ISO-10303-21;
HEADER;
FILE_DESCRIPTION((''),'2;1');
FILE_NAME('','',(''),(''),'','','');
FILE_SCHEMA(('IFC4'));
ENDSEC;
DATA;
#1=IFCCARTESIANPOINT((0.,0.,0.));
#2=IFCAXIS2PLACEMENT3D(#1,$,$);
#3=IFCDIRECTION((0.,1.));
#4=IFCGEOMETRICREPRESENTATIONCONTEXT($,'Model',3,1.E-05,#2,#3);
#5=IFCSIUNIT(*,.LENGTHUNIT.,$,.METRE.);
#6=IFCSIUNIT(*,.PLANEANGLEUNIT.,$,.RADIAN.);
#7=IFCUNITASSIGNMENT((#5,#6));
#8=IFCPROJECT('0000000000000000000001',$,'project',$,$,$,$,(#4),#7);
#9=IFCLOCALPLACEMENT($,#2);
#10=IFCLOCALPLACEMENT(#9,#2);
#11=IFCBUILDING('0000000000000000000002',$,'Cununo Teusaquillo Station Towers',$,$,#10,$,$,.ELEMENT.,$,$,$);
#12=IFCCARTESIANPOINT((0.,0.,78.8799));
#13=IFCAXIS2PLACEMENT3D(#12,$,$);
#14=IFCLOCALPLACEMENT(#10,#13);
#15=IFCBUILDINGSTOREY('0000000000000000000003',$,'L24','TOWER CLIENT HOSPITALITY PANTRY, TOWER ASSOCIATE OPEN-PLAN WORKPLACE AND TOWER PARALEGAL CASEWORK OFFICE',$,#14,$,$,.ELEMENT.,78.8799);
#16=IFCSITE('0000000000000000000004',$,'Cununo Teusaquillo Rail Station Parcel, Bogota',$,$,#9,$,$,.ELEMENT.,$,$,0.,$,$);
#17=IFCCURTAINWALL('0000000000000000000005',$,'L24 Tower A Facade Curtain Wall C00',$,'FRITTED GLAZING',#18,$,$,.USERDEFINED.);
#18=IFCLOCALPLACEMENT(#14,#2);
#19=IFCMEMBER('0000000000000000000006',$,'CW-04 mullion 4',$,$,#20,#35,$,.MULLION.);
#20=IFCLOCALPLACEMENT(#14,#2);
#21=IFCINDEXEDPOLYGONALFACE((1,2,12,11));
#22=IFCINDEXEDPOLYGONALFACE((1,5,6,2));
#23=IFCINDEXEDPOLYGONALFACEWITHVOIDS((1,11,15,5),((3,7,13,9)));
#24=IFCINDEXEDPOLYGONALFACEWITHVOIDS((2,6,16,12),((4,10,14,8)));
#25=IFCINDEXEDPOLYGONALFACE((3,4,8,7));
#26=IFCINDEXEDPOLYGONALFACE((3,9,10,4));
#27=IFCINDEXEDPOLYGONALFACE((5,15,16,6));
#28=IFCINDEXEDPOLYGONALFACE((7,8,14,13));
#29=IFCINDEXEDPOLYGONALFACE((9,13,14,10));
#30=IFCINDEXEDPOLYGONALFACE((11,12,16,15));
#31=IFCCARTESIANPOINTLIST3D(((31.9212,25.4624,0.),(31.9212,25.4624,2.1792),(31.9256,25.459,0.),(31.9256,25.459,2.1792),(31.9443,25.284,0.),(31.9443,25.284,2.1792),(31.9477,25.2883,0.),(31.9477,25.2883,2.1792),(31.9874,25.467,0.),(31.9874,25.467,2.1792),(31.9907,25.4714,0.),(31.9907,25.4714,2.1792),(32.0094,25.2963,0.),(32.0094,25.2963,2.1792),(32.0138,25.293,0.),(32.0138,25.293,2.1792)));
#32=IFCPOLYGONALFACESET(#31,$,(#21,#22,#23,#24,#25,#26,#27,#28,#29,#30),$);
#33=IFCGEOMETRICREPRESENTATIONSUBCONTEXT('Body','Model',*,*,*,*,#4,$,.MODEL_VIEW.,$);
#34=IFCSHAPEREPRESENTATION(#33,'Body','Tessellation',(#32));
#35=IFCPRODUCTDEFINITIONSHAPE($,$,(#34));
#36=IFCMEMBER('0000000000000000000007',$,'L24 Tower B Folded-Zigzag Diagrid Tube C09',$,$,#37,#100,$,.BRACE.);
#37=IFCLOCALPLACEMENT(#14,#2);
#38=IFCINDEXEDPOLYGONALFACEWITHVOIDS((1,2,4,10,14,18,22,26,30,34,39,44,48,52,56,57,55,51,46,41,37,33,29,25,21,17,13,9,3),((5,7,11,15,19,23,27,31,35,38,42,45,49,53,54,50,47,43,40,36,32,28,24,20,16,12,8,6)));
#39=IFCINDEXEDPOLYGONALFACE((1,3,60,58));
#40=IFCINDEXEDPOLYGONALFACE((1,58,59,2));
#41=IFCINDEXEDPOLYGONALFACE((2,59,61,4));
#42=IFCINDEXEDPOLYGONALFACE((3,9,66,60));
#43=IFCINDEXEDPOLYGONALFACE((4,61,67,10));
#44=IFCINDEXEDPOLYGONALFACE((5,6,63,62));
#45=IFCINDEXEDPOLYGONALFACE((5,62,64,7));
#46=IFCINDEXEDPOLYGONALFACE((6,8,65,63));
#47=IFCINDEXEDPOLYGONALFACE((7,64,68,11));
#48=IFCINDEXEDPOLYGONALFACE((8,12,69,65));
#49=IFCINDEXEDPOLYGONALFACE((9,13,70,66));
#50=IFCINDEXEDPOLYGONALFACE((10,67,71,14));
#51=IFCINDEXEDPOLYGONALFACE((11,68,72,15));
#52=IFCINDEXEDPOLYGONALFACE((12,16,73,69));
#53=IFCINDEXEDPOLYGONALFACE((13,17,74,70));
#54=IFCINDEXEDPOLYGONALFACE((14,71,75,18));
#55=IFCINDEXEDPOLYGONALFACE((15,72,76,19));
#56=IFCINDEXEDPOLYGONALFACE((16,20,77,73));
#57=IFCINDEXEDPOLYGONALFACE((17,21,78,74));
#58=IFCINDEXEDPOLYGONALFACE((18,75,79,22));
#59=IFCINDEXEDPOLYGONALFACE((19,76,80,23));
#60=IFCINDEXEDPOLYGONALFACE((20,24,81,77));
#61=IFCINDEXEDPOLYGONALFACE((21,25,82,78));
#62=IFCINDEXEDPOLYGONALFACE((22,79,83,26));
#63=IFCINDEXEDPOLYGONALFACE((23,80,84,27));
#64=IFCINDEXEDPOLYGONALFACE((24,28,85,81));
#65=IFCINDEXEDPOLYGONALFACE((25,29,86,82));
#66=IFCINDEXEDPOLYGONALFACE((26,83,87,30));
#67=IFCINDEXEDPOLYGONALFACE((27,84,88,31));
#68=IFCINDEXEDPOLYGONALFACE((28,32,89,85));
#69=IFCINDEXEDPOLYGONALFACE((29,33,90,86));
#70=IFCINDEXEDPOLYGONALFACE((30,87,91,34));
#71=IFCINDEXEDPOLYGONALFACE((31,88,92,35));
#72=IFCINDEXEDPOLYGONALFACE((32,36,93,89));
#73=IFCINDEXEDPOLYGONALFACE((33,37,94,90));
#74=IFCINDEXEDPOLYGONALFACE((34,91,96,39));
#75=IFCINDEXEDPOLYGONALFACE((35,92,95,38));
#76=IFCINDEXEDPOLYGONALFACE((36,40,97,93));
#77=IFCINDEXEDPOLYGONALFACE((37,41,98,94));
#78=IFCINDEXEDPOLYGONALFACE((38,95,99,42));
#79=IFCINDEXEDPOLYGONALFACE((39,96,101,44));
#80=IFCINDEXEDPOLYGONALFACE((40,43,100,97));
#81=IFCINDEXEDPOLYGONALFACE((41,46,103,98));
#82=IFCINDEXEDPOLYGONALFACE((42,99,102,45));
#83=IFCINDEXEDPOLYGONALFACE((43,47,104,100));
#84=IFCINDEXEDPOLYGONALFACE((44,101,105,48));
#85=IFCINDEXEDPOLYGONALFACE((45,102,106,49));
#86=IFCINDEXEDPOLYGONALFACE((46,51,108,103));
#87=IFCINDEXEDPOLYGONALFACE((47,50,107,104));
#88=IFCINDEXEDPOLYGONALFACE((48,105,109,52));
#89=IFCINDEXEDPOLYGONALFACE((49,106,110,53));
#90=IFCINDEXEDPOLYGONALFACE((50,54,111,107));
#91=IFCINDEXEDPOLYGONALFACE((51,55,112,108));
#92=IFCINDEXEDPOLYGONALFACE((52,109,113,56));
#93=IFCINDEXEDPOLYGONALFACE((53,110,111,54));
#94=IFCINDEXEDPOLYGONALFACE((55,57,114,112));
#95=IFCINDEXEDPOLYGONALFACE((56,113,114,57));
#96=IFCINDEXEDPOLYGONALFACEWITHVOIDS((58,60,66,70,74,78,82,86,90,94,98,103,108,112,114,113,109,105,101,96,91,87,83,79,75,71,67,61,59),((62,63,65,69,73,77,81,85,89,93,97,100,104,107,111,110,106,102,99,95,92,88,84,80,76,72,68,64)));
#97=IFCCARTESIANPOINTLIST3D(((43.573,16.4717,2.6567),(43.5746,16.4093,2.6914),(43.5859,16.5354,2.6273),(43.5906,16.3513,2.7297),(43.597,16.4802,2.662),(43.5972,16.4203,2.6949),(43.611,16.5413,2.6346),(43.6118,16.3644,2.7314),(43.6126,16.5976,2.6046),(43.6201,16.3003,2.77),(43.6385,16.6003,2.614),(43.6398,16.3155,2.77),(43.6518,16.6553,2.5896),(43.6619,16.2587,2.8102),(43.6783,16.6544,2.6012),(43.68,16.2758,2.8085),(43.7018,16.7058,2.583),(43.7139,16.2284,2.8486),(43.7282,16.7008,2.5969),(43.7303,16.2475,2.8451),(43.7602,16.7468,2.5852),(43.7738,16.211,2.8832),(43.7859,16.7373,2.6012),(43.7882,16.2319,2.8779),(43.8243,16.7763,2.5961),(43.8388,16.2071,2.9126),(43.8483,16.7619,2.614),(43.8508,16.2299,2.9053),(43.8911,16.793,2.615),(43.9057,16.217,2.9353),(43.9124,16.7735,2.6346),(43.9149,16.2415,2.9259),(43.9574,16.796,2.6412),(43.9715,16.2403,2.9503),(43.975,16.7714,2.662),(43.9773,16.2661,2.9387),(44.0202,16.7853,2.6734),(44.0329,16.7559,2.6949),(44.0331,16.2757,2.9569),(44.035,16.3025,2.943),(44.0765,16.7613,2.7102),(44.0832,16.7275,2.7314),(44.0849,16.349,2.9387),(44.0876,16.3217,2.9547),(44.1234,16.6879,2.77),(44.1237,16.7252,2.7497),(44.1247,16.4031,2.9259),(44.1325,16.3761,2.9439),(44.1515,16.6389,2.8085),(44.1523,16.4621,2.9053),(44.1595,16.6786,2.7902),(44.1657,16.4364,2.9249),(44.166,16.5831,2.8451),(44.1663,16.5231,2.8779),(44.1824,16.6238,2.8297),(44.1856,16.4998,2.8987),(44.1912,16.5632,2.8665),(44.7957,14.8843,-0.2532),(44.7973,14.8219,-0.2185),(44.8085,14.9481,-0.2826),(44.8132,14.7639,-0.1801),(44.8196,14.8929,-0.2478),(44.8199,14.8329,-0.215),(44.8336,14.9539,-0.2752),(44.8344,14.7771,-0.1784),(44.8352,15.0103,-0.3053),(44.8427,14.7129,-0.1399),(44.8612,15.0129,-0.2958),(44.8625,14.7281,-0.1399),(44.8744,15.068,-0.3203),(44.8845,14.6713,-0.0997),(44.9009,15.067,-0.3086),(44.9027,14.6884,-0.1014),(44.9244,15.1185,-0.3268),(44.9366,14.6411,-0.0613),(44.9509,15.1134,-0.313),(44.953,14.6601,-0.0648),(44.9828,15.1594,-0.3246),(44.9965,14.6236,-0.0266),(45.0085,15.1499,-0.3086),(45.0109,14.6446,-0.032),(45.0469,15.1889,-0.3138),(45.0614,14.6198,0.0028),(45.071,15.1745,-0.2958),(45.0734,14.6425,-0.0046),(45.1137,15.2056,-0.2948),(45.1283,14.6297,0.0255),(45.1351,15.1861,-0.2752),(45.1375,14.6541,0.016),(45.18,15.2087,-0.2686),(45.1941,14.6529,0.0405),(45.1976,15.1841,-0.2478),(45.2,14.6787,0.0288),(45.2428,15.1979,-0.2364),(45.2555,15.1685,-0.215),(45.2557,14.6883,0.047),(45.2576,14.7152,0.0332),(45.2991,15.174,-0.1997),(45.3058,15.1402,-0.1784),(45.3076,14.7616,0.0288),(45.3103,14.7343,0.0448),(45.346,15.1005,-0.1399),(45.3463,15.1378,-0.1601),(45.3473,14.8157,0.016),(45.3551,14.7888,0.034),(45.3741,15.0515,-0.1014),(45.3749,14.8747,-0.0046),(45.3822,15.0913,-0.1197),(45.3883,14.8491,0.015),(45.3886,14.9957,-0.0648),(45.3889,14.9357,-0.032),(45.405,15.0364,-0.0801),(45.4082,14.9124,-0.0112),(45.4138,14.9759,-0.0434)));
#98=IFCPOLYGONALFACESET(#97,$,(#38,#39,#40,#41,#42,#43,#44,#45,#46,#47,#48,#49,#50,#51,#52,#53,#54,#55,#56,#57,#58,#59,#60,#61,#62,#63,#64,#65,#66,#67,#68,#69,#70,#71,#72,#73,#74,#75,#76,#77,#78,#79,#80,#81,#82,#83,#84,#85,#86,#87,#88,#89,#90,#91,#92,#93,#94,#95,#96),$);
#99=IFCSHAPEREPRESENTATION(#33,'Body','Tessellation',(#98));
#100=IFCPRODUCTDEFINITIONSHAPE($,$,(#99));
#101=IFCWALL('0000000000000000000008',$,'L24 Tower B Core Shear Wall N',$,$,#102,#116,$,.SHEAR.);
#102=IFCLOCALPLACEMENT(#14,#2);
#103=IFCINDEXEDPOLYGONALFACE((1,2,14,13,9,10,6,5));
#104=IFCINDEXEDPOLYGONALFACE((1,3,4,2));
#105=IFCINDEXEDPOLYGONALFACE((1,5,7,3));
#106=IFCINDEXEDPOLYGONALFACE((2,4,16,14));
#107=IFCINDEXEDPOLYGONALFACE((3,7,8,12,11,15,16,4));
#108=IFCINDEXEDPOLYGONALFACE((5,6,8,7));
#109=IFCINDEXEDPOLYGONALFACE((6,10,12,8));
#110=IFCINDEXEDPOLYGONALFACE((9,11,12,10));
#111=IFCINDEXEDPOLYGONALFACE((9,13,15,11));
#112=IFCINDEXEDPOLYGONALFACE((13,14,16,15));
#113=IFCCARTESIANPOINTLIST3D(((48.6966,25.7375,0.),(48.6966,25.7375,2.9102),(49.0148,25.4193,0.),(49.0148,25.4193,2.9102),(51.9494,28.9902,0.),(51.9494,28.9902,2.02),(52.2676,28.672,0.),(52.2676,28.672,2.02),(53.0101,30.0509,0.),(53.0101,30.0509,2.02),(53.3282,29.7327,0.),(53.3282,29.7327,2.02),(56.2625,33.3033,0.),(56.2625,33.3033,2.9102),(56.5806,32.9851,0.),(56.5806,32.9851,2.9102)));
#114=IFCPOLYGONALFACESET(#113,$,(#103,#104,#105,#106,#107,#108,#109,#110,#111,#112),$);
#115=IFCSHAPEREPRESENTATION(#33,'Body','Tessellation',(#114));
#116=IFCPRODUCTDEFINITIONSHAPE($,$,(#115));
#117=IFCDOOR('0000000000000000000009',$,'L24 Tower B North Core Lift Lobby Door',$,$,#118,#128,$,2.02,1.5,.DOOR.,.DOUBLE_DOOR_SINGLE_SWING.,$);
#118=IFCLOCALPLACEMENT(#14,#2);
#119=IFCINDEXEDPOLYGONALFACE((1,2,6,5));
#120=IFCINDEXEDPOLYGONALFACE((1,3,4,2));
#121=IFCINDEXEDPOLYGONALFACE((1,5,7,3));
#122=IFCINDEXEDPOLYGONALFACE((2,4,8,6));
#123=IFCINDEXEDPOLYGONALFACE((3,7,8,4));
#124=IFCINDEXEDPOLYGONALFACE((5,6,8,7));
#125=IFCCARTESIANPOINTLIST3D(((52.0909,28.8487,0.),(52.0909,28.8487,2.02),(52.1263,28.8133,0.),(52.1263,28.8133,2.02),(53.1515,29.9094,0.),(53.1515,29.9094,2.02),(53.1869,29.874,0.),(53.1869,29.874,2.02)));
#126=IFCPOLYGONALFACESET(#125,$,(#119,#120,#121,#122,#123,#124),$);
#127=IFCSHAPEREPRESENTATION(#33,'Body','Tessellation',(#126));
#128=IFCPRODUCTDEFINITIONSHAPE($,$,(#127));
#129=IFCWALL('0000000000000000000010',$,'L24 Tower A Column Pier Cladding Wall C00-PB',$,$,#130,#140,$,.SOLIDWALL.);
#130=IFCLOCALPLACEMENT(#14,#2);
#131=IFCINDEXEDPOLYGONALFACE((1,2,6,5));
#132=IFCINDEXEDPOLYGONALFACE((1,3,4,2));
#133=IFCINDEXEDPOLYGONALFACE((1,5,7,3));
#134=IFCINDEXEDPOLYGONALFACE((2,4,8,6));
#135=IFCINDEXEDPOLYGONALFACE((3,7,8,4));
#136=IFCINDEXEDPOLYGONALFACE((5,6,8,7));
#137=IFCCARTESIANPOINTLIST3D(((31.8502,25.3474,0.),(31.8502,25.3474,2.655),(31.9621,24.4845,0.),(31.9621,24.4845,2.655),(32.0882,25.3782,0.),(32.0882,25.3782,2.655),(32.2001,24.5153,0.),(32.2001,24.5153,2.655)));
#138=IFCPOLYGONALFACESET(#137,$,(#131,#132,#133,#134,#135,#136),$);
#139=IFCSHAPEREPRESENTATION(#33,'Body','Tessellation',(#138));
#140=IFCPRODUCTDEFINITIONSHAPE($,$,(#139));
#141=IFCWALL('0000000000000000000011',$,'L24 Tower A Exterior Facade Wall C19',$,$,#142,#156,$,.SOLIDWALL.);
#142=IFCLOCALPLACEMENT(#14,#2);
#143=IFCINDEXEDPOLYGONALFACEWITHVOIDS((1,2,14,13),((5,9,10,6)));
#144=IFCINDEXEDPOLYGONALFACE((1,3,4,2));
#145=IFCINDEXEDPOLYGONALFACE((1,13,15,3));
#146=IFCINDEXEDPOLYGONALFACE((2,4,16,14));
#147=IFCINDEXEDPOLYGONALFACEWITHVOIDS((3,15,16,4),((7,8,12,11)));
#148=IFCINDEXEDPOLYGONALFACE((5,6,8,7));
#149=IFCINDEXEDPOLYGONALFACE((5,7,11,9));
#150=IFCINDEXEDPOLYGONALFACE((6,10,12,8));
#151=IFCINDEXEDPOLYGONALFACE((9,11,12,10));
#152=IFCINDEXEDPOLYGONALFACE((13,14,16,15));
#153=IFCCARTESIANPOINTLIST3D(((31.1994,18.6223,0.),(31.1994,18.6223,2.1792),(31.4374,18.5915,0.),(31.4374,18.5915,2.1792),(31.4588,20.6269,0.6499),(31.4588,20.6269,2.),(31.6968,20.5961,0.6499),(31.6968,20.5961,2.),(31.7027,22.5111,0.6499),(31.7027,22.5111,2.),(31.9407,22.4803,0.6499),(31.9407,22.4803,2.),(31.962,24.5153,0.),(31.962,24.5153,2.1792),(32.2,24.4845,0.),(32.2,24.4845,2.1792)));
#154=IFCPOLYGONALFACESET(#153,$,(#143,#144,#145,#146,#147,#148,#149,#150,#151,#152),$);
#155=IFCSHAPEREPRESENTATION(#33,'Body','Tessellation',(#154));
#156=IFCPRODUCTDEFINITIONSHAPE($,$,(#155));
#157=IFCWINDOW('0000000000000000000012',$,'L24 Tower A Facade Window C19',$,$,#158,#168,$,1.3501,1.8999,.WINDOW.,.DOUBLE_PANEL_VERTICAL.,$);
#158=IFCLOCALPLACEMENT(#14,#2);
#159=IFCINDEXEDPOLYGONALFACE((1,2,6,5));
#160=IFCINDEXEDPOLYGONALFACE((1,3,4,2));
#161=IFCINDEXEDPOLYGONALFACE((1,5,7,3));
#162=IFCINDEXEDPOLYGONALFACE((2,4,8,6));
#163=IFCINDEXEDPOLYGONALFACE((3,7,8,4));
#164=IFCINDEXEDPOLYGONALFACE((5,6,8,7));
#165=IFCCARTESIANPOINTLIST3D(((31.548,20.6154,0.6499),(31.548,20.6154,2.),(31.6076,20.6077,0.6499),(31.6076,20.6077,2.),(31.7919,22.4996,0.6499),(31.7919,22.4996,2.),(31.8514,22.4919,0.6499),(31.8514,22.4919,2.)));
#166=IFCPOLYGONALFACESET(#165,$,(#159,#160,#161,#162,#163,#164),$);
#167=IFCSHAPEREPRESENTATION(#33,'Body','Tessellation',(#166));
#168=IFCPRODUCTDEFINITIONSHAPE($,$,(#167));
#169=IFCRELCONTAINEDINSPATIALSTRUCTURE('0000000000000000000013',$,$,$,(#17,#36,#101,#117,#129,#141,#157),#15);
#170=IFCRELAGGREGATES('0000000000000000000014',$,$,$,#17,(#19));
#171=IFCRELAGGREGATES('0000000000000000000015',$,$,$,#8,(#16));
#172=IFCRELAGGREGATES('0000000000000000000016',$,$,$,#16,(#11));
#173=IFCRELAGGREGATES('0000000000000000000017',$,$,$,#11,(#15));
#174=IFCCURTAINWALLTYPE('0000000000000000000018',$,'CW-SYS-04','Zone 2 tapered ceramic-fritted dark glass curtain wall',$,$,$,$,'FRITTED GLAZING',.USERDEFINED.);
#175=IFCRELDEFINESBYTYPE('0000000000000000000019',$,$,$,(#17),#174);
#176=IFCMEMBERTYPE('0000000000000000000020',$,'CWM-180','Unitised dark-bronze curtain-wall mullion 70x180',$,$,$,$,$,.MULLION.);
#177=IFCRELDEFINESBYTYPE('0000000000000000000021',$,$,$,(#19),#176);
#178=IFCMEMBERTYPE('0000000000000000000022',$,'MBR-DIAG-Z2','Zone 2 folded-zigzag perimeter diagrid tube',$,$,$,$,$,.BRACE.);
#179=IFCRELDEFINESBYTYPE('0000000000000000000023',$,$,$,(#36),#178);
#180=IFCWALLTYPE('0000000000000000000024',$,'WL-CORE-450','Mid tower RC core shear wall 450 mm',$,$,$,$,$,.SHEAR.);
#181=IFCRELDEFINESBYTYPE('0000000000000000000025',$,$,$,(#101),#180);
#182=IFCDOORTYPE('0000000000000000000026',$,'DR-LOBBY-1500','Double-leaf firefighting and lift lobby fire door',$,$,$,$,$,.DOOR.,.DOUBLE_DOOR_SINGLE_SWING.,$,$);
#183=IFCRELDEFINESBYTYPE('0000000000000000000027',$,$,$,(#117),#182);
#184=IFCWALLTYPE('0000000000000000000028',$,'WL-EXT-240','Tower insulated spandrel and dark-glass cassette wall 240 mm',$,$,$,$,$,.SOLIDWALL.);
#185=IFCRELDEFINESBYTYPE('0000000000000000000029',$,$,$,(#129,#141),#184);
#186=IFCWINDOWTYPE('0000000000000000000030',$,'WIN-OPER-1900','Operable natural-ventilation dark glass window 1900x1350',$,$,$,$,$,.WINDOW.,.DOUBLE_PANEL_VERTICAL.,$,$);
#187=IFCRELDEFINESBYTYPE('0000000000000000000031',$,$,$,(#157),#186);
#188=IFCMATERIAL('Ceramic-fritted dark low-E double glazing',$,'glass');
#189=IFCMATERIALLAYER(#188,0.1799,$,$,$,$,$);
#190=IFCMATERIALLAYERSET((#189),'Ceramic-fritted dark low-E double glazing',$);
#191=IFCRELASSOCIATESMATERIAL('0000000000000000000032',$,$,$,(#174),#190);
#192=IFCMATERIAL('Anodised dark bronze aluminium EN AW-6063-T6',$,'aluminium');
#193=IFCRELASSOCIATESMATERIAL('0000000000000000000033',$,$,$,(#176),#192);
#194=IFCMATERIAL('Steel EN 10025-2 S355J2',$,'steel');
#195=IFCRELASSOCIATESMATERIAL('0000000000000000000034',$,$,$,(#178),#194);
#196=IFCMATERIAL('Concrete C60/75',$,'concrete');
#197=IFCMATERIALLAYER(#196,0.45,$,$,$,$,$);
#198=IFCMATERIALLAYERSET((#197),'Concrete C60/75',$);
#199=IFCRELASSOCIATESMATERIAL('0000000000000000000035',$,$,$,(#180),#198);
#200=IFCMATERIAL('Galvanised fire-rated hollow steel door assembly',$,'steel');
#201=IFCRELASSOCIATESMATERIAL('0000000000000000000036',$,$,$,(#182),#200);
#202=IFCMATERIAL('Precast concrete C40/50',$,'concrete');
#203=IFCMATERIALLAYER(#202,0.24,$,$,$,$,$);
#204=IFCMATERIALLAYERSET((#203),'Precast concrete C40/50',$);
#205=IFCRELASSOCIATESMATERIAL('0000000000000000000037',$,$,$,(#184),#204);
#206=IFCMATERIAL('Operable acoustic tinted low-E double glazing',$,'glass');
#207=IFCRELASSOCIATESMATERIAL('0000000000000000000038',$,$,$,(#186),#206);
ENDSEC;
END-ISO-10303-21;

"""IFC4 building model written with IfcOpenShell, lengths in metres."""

from ifc_helpers import new_model, si_unit, direction, frame, frame_2d, origin, origin_2d, place, context, subcontext, project, spatial, rectangle, hollow_rectangle, hollow_circle, extrude, source, transform, mapped, material, layer, layer_set, material_profile, profile_set, type_object, element, fill, aggregate, save


model = new_model("IFC4")

# Units and contexts
model_context = context("Model", 3, precision=1e-05, world=origin(), true_north=direction((0.0, 1.0)))
body_context = subcontext(model_context, "Body", "Model", "MODEL_VIEW")
ifc_project = project(units=[si_unit("LENGTHUNIT", "METRE"), si_unit("PLANEANGLEUNIT", "RADIAN")], contexts=[model_context])

# Site, building, storey
site_placement = place(None, origin())
site = spatial("IfcSite", under=ifc_project, at=site_placement, Name="Cununo Teusaquillo Rail Station Parcel, Bogota", CompositionType="ELEMENT", RefElevation=0.0)
building_placement = place(site_placement, origin())
building = spatial("IfcBuilding", under=site, at=building_placement, Name="Cununo Teusaquillo Station Towers", CompositionType="ELEMENT")
storey_placement = place(building_placement, frame((0.0, 0.0, 78.8799)))
storey = spatial("IfcBuildingStorey", under=building, at=storey_placement, Name="L24", Description="TOWER CLIENT HOSPITALITY PANTRY, TOWER ASSOCIATE OPEN-PLAN WORKPLACE AND TOWER PARALEGAL CASEWORK OFFICE", CompositionType="ELEMENT", Elevation=78.8799)

# Curtain wall, member
ifc_material_1 = material(Name="Ceramic-fritted dark low-E double glazing", Category="glass")
ifc_layer_1 = layer(ifc_material_1, 0.1799)
ifc_layer_set_1 = layer_set([ifc_layer_1], Name="Ceramic-fritted dark low-E double glazing")
curtain_wall_type = type_object("IfcCurtainWallType", Name="CW-SYS-04", Description="Zone 2 tapered ceramic-fritted dark glass curtain wall", ElementType="FRITTED GLAZING", PredefinedType="USERDEFINED", material=ifc_layer_set_1)
curtain_wall_placement = place(storey_placement, origin())
curtain_wall = element("IfcCurtainWall", 1, at=curtain_wall_placement, inside=storey, type_object=curtain_wall_type, Name="L24 Tower A Facade Curtain Wall C00", ObjectType="FRITTED GLAZING", PredefinedType="USERDEFINED")
ifc_material_2 = material(Name="Anodised dark bronze aluminium EN AW-6063-T6", Category="aluminium")
ifc_material_profile_1 = material_profile(ifc_material_2, hollow_rectangle(XDim=0.0701, YDim=0.1799, WallThickness=0.0039, at=origin_2d()), Name="CW-MULL-70x180")
ifc_profile_set_1 = profile_set([ifc_material_profile_1], Name="Anodised dark bronze aluminium EN AW-6063-T6")
member_type_1 = type_object("IfcMemberType", Name="CWM-180", Description="Unitised dark-bronze curtain-wall mullion 70x180", PredefinedType="MULLION", material=ifc_profile_set_1)
member_1_placement = place(storey_placement, frame((31.9675, 25.3777, 0.0), z_axis=(0.0, 0.0, 1.0), x_axis=(0.991731, 0.128336, 0.0)))
member_1 = element("IfcMember", 2, at=member_1_placement, type_object=member_type_1, Name="CW-04 mullion 4", PredefinedType="MULLION", context=body_context, shape_type="SweptSolid", body=[
    extrude(hollow_rectangle(XDim=0.0701, YDim=0.1799, WallThickness=0.0039, at=origin_2d()), origin(), (0.0, 0.0, 1.0), 2.1792),
])
aggregate(curtain_wall, [member_1])

# Member
ifc_material_3 = material(Name="Steel EN 10025-2 S355J2", Category="steel")
ifc_material_profile_2 = material_profile(ifc_material_3, hollow_circle(Radius=0.3301, WallThickness=0.0249, at=origin_2d()), Name="CHS 660x25")
ifc_profile_set_2 = profile_set([ifc_material_profile_2], Name="Steel EN 10025-2 S355J2")
member_type_2 = type_object("IfcMemberType", Name="MBR-DIAG-Z2", Description="Zone 2 folded-zigzag perimeter diagrid tube", PredefinedType="BRACE", material=ifc_profile_set_2)
member_2_placement = place(storey_placement, frame((45.1042, 14.9143, -0.1399), z_axis=(-0.346064, 0.449303, 0.82363), x_axis=(-0.792243, -0.610205, 0.0)))
element("IfcMember", 3, at=member_2_placement, inside=storey, type_object=member_type_2, Name="L24 Tower B Folded-Zigzag Diagrid Tube C09", PredefinedType="BRACE", context=body_context, shape_type="SweptSolid", body=[
    extrude(hollow_circle(Radius=0.3301, WallThickness=0.0249, at=origin_2d()), origin(), (0.0, 0.0, 1.0), 3.533),
])

# Wall, opening, door
ifc_material_4 = material(Name="Concrete C60/75", Category="concrete")
ifc_layer_2 = layer(ifc_material_4, 0.45)
ifc_layer_set_2 = layer_set([ifc_layer_2], Name="Concrete C60/75")
wall_type_1 = type_object("IfcWallType", Name="WL-CORE-450", Description="Mid tower RC core shear wall 450 mm", PredefinedType="SHEAR", material=ifc_layer_set_2)
wall_1_placement = place(storey_placement, frame((48.8557, 25.5784, 0.0), z_axis=(0.0, 0.0, 1.0), x_axis=(0.707107, 0.707107, 0.0)))
wall_1 = element("IfcWall", 4, at=wall_1_placement, inside=storey, type_object=wall_type_1, Name="L24 Tower B Core Shear Wall N", PredefinedType="SHEAR", context=body_context, shape_type="SweptSolid", body=[
    extrude(rectangle(XDim=10.6997, YDim=0.45, at=frame_2d((5.3499, 0.0))), origin(), (0.0, 0.0, 1.0), 2.9102),
])
shared_shape_1 = source(origin(), body_context, "Body", "SweptSolid", [
    extrude(rectangle(XDim=1.5, YDim=2.02, at=frame_2d((0.75, 1.01))), frame((0.0, 0.2349, 0.0), z_axis=(0.0, -1.0, 0.0), x_axis=(1.0, 0.0, 0.0)), (0.0, 0.0, 1.0), 0.47),
])
opening_1_placement = place(wall_1_placement, frame((4.6001, 0.0, 0.0)))
opening_1 = element("IfcOpeningElement", 5, at=opening_1_placement, cuts=wall_1, PredefinedType="OPENING", context=body_context, shape_type="MappedRepresentation", body=[
    mapped(shared_shape_1, transform((0.0, 0.0, 0.0), x_axis=(1.0, 0.0, 0.0), y_axis=(0.0, 1.0, 0.0), z_axis=(0.0, 0.0, 1.0), scale=1.0)),
])
ifc_material_5 = material(Name="Galvanised fire-rated hollow steel door assembly", Category="steel")
door_type_1 = type_object("IfcDoorType", Name="DR-LOBBY-1500", Description="Double-leaf firefighting and lift lobby fire door", OperationType="DOUBLE_DOOR_SINGLE_SWING", PredefinedType="DOOR", material=ifc_material_5)
shared_shape_2 = source(origin(), body_context, "Body", "SweptSolid", [
    extrude(rectangle(XDim=1.5, YDim=2.02, at=frame_2d((0.75, 1.01))), frame((0.0, 0.0249, 0.0), z_axis=(0.0, -1.0, 0.0), x_axis=(1.0, 0.0, 0.0)), (0.0, 0.0, 1.0), 0.05),
])
door_1_placement = place(opening_1_placement, origin())
door_1 = element("IfcDoor", 6, at=door_1_placement, inside=storey, type_object=door_type_1, Name="L24 Tower B North Core Lift Lobby Door", OperationType="DOUBLE_DOOR_SINGLE_SWING", OverallHeight=2.02, OverallWidth=1.5, PredefinedType="DOOR", context=body_context, shape_type="MappedRepresentation", body=[
    mapped(shared_shape_2, transform((0.0, 0.0, 0.0), x_axis=(1.0, 0.0, 0.0), y_axis=(0.0, 1.0, 0.0), z_axis=(0.0, 0.0, 1.0), scale=1.0)),
])
fill(opening_1, door_1)

# Wall
ifc_material_6 = material(Name="Precast concrete C40/50", Category="concrete")
ifc_layer_3 = layer(ifc_material_6, 0.24)
ifc_layer_set_3 = layer_set([ifc_layer_3], Name="Precast concrete C40/50")
wall_type_2 = type_object("IfcWallType", Name="WL-EXT-240", Description="Tower insulated spandrel and dark-glass cassette wall 240 mm", PredefinedType="SOLIDWALL", material=ifc_layer_set_3)
wall_2_placement = place(storey_placement, frame((31.9692, 25.3628, 0.0), z_axis=(0.0, 0.0, 1.0), x_axis=(0.128523, -0.991706, 0.0)))
element("IfcWall", 7, at=wall_2_placement, inside=storey, type_object=wall_type_2, Name="L24 Tower A Column Pier Cladding Wall C00-PB", PredefinedType="SOLIDWALL", context=body_context, shape_type="SweptSolid", body=[
    extrude(rectangle(XDim=0.8701, YDim=0.24, at=frame_2d((0.4351, 0.0))), origin(), (0.0, 0.0, 1.0), 2.655),
])

# Wall, opening, window
wall_3_placement = place(storey_placement, frame((32.0811, 24.5, 0.0), z_axis=(0.0, 0.0, 1.0), x_axis=(-0.128352, -0.991729, 0.0)))
wall_3 = element("IfcWall", 8, at=wall_3_placement, inside=storey, type_object=wall_type_2, Name="L24 Tower A Exterior Facade Wall C19", PredefinedType="SOLIDWALL", context=body_context, shape_type="SweptSolid", body=[
    extrude(rectangle(XDim=5.9421, YDim=0.24, at=frame_2d((2.9712, 0.0))), origin(), (0.0, 0.0, 1.0), 2.1792),
])
shared_shape_3 = source(origin(), body_context, "Body", "SweptSolid", [
    extrude(rectangle(XDim=1.8999, YDim=1.3501, at=frame_2d((0.95, 0.675))), frame((0.0, 0.1299, 0.0), z_axis=(0.0, -1.0, 0.0), x_axis=(1.0, 0.0, 0.0)), (0.0, 0.0, 1.0), 0.26),
])
opening_2_placement = place(wall_3_placement, frame((2.021, 0.0, 0.6499)))
opening_2 = element("IfcOpeningElement", 9, at=opening_2_placement, cuts=wall_3, PredefinedType="OPENING", context=body_context, shape_type="MappedRepresentation", body=[
    mapped(shared_shape_3, transform((0.0, 0.0, 0.0), x_axis=(1.0, 0.0, 0.0), y_axis=(0.0, 1.0, 0.0), z_axis=(0.0, 0.0, 1.0), scale=1.0)),
])
ifc_material_7 = material(Name="Operable acoustic tinted low-E double glazing", Category="glass")
window_type = type_object("IfcWindowType", Name="WIN-OPER-1900", Description="Operable natural-ventilation dark glass window 1900x1350", PartitioningType="DOUBLE_PANEL_VERTICAL", PredefinedType="WINDOW", material=ifc_material_7)
shared_shape_4 = source(origin(), body_context, "Body", "SweptSolid", [
    extrude(rectangle(XDim=1.8999, YDim=1.3501, at=frame_2d((0.95, 0.675))), frame((0.0, 0.03, 0.0), z_axis=(0.0, -1.0, 0.0), x_axis=(1.0, 0.0, 0.0)), (0.0, 0.0, 1.0), 0.0601),
])
window_1_placement = place(opening_2_placement, origin())
window_1 = element("IfcWindow", 10, at=window_1_placement, inside=storey, type_object=window_type, Name="L24 Tower A Facade Window C19", OverallHeight=1.3501, OverallWidth=1.8999, PartitioningType="DOUBLE_PANEL_VERTICAL", PredefinedType="WINDOW", context=body_context, shape_type="MappedRepresentation", body=[
    mapped(shared_shape_4, transform((0.0, 0.0, 0.0), x_axis=(1.0, 0.0, 0.0), y_axis=(0.0, 1.0, 0.0), z_axis=(0.0, 0.0, 1.0), scale=1.0)),
])
fill(opening_2, window_1)

save(model, "model.ifc")
